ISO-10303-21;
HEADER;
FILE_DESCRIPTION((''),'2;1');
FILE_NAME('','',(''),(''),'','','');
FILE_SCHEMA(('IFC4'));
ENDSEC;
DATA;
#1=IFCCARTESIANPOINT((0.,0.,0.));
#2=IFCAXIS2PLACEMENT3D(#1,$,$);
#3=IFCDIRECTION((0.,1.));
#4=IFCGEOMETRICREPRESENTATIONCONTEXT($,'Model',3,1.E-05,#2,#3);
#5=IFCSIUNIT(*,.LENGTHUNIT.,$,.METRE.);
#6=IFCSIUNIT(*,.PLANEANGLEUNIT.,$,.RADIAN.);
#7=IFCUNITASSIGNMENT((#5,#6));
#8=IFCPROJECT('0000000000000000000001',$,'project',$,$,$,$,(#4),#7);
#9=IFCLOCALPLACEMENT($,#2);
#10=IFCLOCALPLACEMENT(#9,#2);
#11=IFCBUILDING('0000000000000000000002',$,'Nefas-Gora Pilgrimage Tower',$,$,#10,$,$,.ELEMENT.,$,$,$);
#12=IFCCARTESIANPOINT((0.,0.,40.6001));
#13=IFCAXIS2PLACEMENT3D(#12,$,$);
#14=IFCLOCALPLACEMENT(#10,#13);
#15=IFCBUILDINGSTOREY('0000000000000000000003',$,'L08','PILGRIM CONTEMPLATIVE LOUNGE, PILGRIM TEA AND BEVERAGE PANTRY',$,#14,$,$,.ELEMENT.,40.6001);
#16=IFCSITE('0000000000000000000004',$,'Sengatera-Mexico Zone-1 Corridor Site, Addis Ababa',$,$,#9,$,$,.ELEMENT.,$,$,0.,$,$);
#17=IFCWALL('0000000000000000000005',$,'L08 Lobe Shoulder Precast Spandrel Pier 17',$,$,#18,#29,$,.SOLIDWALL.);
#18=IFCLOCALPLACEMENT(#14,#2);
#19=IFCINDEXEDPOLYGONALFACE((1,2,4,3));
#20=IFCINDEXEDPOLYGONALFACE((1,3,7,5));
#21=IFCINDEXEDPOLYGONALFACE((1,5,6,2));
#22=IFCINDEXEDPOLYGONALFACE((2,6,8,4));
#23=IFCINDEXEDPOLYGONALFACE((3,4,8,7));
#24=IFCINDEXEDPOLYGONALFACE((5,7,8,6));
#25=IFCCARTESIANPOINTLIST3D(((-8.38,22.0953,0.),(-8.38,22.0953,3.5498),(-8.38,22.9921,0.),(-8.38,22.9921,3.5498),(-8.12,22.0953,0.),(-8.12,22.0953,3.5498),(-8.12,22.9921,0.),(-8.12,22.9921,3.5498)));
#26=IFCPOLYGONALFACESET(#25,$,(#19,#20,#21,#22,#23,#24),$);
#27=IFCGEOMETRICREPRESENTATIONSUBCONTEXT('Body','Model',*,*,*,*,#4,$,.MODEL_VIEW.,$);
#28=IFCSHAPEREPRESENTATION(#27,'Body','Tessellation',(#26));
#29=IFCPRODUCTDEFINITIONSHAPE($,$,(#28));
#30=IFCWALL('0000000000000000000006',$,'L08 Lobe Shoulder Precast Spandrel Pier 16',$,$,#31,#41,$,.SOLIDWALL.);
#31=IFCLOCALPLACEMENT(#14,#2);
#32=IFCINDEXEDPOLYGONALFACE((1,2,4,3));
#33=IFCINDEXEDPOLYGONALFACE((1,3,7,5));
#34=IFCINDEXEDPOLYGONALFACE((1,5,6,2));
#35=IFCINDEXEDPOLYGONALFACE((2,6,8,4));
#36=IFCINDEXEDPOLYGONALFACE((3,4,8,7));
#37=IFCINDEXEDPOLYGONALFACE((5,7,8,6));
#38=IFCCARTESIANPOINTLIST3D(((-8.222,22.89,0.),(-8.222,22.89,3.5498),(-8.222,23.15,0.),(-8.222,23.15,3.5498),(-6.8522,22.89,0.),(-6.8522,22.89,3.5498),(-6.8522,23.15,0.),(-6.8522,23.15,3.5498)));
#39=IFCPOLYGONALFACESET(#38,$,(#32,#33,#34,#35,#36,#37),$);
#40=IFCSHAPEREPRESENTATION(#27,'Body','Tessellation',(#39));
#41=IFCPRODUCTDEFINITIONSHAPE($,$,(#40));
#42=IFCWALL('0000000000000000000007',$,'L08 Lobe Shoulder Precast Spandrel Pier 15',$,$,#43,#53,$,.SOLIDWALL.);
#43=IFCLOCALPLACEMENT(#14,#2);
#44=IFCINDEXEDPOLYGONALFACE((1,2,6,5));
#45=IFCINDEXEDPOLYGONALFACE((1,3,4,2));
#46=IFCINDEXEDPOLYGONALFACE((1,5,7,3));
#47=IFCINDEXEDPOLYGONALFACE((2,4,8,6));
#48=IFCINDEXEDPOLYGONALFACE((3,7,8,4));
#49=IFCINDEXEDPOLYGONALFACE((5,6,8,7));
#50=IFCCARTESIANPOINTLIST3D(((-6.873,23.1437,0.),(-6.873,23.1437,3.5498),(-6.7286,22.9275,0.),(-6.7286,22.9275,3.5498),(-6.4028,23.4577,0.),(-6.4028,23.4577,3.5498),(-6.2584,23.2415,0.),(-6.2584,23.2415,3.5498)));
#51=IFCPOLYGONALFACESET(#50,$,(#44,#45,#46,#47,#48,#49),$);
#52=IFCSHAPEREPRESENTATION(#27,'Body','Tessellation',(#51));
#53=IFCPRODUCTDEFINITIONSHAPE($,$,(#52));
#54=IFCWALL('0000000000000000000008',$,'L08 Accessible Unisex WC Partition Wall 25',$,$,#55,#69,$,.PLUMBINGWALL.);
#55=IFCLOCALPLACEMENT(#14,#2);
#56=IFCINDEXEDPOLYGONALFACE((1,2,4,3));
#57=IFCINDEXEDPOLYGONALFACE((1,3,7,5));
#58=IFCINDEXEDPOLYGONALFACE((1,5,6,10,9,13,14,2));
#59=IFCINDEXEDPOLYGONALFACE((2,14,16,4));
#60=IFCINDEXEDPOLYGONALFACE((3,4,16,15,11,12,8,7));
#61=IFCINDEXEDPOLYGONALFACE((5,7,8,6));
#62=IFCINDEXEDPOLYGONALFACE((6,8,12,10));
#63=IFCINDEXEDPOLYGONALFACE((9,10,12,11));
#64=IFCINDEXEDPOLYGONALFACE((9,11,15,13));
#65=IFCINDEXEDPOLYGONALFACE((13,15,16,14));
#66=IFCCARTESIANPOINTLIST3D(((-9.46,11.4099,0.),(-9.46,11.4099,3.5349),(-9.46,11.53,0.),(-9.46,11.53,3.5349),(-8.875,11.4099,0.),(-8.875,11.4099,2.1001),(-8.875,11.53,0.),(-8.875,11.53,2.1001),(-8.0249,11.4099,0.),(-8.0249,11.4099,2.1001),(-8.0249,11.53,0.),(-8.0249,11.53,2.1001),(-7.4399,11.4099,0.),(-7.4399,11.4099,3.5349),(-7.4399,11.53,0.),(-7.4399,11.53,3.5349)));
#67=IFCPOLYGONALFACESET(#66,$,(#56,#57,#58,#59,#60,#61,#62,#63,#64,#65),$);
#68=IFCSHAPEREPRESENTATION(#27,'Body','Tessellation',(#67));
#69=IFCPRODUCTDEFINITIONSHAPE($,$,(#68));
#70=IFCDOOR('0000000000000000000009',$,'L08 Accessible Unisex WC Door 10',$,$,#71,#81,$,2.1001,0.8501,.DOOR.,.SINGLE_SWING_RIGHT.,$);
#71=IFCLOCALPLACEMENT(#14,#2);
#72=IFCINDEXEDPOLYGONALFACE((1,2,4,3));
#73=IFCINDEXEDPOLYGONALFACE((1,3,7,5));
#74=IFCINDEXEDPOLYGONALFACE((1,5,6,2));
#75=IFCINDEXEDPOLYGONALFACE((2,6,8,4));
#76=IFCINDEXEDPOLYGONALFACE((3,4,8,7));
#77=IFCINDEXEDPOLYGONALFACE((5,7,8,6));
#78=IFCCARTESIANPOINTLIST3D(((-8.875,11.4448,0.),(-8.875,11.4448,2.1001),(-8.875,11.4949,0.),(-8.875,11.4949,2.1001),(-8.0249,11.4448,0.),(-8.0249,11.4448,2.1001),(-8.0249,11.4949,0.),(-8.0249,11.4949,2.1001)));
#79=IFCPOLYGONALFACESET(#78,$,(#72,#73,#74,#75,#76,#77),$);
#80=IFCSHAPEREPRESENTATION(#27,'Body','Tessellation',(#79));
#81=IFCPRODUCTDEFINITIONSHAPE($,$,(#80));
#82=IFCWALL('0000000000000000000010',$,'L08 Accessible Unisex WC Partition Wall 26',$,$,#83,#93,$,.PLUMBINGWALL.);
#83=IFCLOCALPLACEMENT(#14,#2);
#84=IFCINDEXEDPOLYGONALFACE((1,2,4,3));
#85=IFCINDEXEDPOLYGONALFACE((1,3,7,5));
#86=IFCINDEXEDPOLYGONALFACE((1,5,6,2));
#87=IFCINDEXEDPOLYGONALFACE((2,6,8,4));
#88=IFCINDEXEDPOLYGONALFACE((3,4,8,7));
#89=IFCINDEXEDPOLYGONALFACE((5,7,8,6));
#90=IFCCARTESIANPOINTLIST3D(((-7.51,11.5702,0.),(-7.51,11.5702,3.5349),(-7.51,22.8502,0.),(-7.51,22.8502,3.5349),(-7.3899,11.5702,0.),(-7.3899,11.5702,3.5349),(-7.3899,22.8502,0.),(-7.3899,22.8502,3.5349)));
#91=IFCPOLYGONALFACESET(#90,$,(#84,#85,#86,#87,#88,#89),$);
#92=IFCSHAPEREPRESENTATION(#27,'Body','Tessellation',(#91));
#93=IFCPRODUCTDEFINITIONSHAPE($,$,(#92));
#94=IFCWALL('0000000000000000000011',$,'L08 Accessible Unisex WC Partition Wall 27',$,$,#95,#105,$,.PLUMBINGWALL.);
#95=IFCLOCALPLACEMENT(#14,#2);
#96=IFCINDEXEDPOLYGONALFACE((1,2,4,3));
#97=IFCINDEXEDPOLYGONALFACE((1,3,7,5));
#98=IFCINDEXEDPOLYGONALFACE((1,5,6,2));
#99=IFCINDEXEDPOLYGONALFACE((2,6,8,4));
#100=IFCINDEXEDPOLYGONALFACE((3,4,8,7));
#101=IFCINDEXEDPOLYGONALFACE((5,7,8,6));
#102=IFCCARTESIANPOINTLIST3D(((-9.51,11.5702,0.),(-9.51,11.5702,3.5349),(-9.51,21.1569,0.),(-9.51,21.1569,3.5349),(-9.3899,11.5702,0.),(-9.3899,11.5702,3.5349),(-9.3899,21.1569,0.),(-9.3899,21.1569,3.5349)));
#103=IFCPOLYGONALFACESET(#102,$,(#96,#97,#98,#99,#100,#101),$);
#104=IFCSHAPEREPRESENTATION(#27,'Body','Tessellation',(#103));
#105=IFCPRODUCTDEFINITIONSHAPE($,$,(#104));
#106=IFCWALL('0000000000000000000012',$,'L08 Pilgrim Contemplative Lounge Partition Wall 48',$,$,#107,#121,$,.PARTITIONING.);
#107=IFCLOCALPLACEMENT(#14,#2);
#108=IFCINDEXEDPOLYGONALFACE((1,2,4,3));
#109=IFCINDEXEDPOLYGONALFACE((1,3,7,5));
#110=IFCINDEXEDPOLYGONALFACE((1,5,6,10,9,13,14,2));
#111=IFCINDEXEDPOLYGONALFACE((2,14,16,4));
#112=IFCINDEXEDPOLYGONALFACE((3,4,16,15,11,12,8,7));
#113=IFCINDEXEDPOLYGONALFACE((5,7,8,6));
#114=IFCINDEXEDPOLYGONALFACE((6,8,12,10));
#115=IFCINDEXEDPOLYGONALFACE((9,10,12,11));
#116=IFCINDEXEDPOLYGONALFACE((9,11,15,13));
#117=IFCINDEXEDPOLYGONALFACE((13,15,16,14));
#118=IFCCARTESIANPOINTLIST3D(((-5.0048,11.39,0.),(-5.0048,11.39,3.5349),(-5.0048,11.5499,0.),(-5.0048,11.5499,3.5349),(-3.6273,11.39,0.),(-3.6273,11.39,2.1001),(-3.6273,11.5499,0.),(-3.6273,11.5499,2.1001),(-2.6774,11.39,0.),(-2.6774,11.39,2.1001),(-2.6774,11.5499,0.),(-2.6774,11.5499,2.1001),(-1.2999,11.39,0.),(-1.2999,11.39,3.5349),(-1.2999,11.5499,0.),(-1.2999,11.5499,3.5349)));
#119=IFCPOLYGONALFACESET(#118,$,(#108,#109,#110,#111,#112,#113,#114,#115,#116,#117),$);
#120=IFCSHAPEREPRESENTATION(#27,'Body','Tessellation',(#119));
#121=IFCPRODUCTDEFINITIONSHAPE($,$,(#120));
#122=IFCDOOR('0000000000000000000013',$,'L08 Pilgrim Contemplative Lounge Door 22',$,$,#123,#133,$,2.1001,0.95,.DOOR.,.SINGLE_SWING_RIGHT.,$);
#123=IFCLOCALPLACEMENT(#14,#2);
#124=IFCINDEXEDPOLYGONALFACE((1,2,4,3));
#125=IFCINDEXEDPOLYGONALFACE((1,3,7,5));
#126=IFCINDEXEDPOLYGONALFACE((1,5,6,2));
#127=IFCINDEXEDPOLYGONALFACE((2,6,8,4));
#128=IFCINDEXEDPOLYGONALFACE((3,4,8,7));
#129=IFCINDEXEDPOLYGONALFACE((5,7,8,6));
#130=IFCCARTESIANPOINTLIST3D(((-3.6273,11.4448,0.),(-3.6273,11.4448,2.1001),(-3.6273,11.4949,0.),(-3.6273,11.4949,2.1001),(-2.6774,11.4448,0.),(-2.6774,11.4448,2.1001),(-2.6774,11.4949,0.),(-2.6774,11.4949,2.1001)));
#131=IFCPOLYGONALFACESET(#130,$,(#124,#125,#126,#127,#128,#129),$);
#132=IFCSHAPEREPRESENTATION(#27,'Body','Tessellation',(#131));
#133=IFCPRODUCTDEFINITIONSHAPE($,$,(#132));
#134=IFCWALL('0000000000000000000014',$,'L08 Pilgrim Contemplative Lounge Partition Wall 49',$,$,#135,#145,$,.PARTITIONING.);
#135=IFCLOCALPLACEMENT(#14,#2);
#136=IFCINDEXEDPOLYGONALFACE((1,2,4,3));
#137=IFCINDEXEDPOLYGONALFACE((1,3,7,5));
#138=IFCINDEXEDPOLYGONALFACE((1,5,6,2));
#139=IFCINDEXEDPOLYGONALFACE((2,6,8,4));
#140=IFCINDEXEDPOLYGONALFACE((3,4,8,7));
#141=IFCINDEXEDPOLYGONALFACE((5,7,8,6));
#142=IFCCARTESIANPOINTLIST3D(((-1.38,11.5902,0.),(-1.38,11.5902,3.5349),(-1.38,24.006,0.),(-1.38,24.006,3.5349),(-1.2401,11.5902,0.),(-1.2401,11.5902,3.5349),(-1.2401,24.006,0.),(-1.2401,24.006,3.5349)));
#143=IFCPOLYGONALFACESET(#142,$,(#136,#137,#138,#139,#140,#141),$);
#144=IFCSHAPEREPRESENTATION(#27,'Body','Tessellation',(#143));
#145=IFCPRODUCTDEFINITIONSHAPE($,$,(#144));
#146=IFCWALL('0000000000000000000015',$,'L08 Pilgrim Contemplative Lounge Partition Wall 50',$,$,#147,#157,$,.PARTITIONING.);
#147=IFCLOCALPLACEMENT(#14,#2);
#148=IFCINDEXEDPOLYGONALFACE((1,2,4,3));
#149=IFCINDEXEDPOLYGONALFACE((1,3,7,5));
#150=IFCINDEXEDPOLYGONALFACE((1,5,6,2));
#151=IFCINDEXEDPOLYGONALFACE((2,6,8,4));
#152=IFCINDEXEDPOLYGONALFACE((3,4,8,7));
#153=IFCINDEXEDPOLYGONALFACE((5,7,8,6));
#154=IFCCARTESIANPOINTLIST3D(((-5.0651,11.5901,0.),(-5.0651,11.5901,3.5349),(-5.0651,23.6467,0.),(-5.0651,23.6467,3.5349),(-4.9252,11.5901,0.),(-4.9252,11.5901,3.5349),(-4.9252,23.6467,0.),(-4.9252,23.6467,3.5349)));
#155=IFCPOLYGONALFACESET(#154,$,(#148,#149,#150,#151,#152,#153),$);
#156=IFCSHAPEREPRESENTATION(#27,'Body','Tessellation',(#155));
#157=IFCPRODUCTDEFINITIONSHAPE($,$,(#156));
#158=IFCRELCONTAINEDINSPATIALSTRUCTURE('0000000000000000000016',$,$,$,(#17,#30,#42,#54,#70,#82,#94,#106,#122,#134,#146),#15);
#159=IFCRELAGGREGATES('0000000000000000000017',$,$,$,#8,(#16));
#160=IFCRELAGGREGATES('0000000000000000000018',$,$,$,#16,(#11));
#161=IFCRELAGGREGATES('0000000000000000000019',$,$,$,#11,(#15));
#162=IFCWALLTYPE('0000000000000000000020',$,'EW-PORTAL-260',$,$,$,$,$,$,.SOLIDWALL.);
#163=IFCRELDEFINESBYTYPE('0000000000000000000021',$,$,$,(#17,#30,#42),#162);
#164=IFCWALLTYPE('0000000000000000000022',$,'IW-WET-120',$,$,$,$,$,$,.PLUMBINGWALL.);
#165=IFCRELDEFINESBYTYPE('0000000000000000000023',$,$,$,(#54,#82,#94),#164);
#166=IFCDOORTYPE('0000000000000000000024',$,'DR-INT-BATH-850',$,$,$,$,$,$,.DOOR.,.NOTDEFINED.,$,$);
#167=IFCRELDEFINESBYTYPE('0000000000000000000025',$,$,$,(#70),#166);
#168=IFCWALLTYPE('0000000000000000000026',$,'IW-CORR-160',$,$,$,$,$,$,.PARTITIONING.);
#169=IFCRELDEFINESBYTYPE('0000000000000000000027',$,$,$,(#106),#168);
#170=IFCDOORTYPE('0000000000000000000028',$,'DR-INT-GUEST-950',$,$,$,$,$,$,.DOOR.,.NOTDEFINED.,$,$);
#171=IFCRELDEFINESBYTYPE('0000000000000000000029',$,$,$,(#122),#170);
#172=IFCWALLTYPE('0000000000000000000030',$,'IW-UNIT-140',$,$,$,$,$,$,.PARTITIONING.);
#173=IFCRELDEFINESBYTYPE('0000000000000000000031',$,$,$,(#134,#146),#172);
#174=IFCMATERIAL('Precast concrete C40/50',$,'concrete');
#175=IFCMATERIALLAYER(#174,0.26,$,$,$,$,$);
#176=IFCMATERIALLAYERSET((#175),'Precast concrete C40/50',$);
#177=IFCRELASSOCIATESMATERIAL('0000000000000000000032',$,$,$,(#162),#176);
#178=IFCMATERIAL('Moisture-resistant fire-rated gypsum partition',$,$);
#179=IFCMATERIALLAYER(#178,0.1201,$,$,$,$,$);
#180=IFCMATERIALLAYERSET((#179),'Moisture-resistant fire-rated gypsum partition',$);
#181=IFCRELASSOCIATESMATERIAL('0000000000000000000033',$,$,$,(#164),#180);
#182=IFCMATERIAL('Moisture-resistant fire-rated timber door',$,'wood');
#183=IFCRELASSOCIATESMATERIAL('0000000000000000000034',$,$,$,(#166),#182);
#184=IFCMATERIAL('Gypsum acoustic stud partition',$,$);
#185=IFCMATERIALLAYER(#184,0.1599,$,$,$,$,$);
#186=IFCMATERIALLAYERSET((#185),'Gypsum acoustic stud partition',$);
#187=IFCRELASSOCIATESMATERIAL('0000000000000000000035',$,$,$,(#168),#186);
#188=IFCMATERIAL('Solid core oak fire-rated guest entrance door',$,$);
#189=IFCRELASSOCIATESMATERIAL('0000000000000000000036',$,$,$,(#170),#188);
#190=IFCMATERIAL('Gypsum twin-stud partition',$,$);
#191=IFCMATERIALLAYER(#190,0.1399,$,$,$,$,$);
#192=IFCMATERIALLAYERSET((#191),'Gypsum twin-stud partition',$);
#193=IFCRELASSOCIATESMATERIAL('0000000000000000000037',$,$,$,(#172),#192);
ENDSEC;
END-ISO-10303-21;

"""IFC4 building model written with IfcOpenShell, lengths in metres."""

from ifc_helpers import new_model, si_unit, direction, frame, frame_2d, origin, place, context, subcontext, project, spatial, rectangle, extrude, source, transform, mapped, material, layer, layer_set, type_object, element, fill, save


model = new_model("IFC4")

# Units and contexts
model_context = context("Model", 3, precision=1e-05, world=origin(), true_north=direction((0.0, 1.0)))
body_context = subcontext(model_context, "Body", "Model", "MODEL_VIEW")
ifc_project = project(units=[si_unit("LENGTHUNIT", "METRE"), si_unit("PLANEANGLEUNIT", "RADIAN")], contexts=[model_context])

# Site, building, storey
site_placement = place(None, origin())
site = spatial("IfcSite", under=ifc_project, at=site_placement, Name="Sengatera-Mexico Zone-1 Corridor Site, Addis Ababa", CompositionType="ELEMENT", RefElevation=0.0)
building_placement = place(site_placement, origin())
building = spatial("IfcBuilding", under=site, at=building_placement, Name="Nefas-Gora Pilgrimage Tower", CompositionType="ELEMENT")
storey_placement = place(building_placement, frame((0.0, 0.0, 40.6001)))
storey = spatial("IfcBuildingStorey", under=building, at=storey_placement, Name="L08", Description="PILGRIM CONTEMPLATIVE LOUNGE, PILGRIM TEA AND BEVERAGE PANTRY", CompositionType="ELEMENT", Elevation=40.6001)

# Walls
ifc_material_1 = material(Name="Precast concrete C40/50", Category="concrete")
ifc_layer_1 = layer(ifc_material_1, 0.26)
ifc_layer_set_1 = layer_set([ifc_layer_1], Name="Precast concrete C40/50")
wall_type_1 = type_object("IfcWallType", Name="EW-PORTAL-260", PredefinedType="SOLIDWALL", material=ifc_layer_set_1)
shared_shape_1 = source(origin(), body_context, "Body", "SweptSolid", [
    extrude(rectangle(XDim=0.8967, YDim=0.26, at=frame_2d((0.4482, 0.0))), origin(), (0.0, 0.0, 1.0), 3.5498),
])
wall_1_placement = place(storey_placement, frame((-8.25, 22.9919, 0.0), z_axis=(0.0, 0.0, 1.0), x_axis=(0.0, -1.0, 0.0)))
element("IfcWall", 1, at=wall_1_placement, inside=storey, type_object=wall_type_1, Name="L08 Lobe Shoulder Precast Spandrel Pier 17", PredefinedType="SOLIDWALL", context=body_context, shape_type="MappedRepresentation", body=[
    mapped(shared_shape_1, transform((0.0, 0.0, 0.0), x_axis=(1.0, 0.0, 0.0), y_axis=(0.0, 1.0, 0.0), z_axis=(0.0, 0.0, 1.0), scale=1.0)),
])
shared_shape_2 = source(origin(), body_context, "Body", "SweptSolid", [
    extrude(rectangle(XDim=1.3699, YDim=0.26, at=frame_2d((0.6851, 0.0))), origin(), (0.0, 0.0, 1.0), 3.5498),
])
wall_2_placement = place(storey_placement, frame((-6.8521, 23.02, 0.0), z_axis=(0.0, 0.0, 1.0), x_axis=(-1.0, 0.0, 0.0)))
element("IfcWall", 2, at=wall_2_placement, inside=storey, type_object=wall_type_1, Name="L08 Lobe Shoulder Precast Spandrel Pier 16", PredefinedType="SOLIDWALL", context=body_context, shape_type="MappedRepresentation", body=[
    mapped(shared_shape_2, transform((0.0, 0.0, 0.0), x_axis=(1.0, 0.0, 0.0), y_axis=(0.0, 1.0, 0.0), z_axis=(0.0, 0.0, 1.0), scale=1.0)),
])
shared_shape_3 = source(origin(), body_context, "Body", "SweptSolid", [
    extrude(rectangle(XDim=0.5654, YDim=0.26, at=frame_2d((0.2827, 0.0))), origin(), (0.0, 0.0, 1.0), 3.5498),
])
wall_3_placement = place(storey_placement, frame((-6.3306, 23.3496, 0.0), z_axis=(0.0, 0.0, 1.0), x_axis=(-0.831651, -0.555298, 0.0)))
element("IfcWall", 3, at=wall_3_placement, inside=storey, type_object=wall_type_1, Name="L08 Lobe Shoulder Precast Spandrel Pier 15", PredefinedType="SOLIDWALL", context=body_context, shape_type="MappedRepresentation", body=[
    mapped(shared_shape_3, transform((0.0, 0.0, 0.0), x_axis=(1.0, 0.0, 0.0), y_axis=(0.0, 1.0, 0.0), z_axis=(0.0, 0.0, 1.0), scale=1.0)),
])

# Wall, opening, door
ifc_material_2 = material(Name="Moisture-resistant fire-rated gypsum partition")
ifc_layer_2 = layer(ifc_material_2, 0.1201)
ifc_layer_set_2 = layer_set([ifc_layer_2], Name="Moisture-resistant fire-rated gypsum partition")
wall_type_2 = type_object("IfcWallType", Name="IW-WET-120", PredefinedType="PLUMBINGWALL", material=ifc_layer_set_2)
shared_shape_4 = source(origin(), body_context, "Body", "SweptSolid", [
    extrude(rectangle(XDim=2.02, YDim=0.1201, at=frame_2d((1.01, 0.0))), origin(), (0.0, 0.0, 1.0), 3.5349),
])
wall_4_placement = place(storey_placement, frame((-9.46, 11.47, 0.0), z_axis=(0.0, 0.0, 1.0), x_axis=(1.0, 0.0, 0.0)))
wall_4 = element("IfcWall", 4, at=wall_4_placement, inside=storey, type_object=wall_type_2, Name="L08 Accessible Unisex WC Partition Wall 25", PredefinedType="PLUMBINGWALL", context=body_context, shape_type="MappedRepresentation", body=[
    mapped(shared_shape_4, transform((0.0, 0.0, 0.0), x_axis=(1.0, 0.0, 0.0), y_axis=(0.0, 1.0, 0.0), z_axis=(0.0, 0.0, 1.0), scale=1.0)),
])
opening_1_placement = place(wall_4_placement, frame((0.585, 0.0, 0.0)))
opening_1 = element("IfcOpeningElement", 5, at=opening_1_placement, cuts=wall_4, PredefinedType="OPENING", context=body_context, shape_type="SweptSolid", body=[
    extrude(rectangle(XDim=0.8501, YDim=2.1001, at=frame_2d((0.425, 1.05))), frame((0.0, 0.0701, 0.0), z_axis=(0.0, -1.0, 0.0), x_axis=(1.0, 0.0, 0.0)), (0.0, 0.0, 1.0), 0.1401),
])
ifc_material_3 = material(Name="Moisture-resistant fire-rated timber door", Category="wood")
door_type_1 = type_object("IfcDoorType", Name="DR-INT-BATH-850", OperationType="NOTDEFINED", PredefinedType="DOOR", material=ifc_material_3)
shared_shape_5 = source(origin(), body_context, "Body", "SweptSolid", [
    extrude(rectangle(XDim=0.8501, YDim=2.1001, at=frame_2d((0.425, 1.05))), frame((0.0, 0.0249, 0.0), z_axis=(0.0, -1.0, 0.0), x_axis=(1.0, 0.0, 0.0)), (0.0, 0.0, 1.0), 0.05),
])
door_1_placement = place(opening_1_placement, origin())
door_1 = element("IfcDoor", 6, at=door_1_placement, inside=storey, type_object=door_type_1, Name="L08 Accessible Unisex WC Door 10", OperationType="SINGLE_SWING_RIGHT", OverallHeight=2.1001, OverallWidth=0.8501, PredefinedType="DOOR", context=body_context, shape_type="MappedRepresentation", body=[
    mapped(shared_shape_5, transform((0.0, 0.0, 0.0), x_axis=(1.0, 0.0, 0.0), y_axis=(0.0, 1.0, 0.0), z_axis=(0.0, 0.0, 1.0), scale=1.0)),
])
fill(opening_1, door_1)

# Walls
shared_shape_6 = source(origin(), body_context, "Body", "SweptSolid", [
    extrude(rectangle(XDim=11.28, YDim=0.1201, at=frame_2d((5.6401, 0.0))), origin(), (0.0, 0.0, 1.0), 3.5349),
])
wall_5_placement = place(storey_placement, frame((-7.45, 11.5701, 0.0), z_axis=(0.0, 0.0, 1.0), x_axis=(0.0, 1.0, 0.0)))
element("IfcWall", 7, at=wall_5_placement, inside=storey, type_object=wall_type_2, Name="L08 Accessible Unisex WC Partition Wall 26", PredefinedType="PLUMBINGWALL", context=body_context, shape_type="MappedRepresentation", body=[
    mapped(shared_shape_6, transform((0.0, 0.0, 0.0), x_axis=(1.0, 0.0, 0.0), y_axis=(0.0, 1.0, 0.0), z_axis=(0.0, 0.0, 1.0), scale=1.0)),
])
shared_shape_7 = source(origin(), body_context, "Body", "SweptSolid", [
    extrude(rectangle(XDim=9.5867, YDim=0.1201, at=frame_2d((4.7935, 0.0))), origin(), (0.0, 0.0, 1.0), 3.5349),
])
wall_6_placement = place(storey_placement, frame((-9.45, 11.5701, 0.0), z_axis=(0.0, 0.0, 1.0), x_axis=(0.0, 1.0, 0.0)))
element("IfcWall", 8, at=wall_6_placement, inside=storey, type_object=wall_type_2, Name="L08 Accessible Unisex WC Partition Wall 27", PredefinedType="PLUMBINGWALL", context=body_context, shape_type="MappedRepresentation", body=[
    mapped(shared_shape_7, transform((0.0, 0.0, 0.0), x_axis=(1.0, 0.0, 0.0), y_axis=(0.0, 1.0, 0.0), z_axis=(0.0, 0.0, 1.0), scale=1.0)),
])

# Wall, opening, door
ifc_material_4 = material(Name="Gypsum acoustic stud partition")
ifc_layer_3 = layer(ifc_material_4, 0.1599)
ifc_layer_set_3 = layer_set([ifc_layer_3], Name="Gypsum acoustic stud partition")
wall_type_3 = type_object("IfcWallType", Name="IW-CORR-160", PredefinedType="PARTITIONING", material=ifc_layer_set_3)
shared_shape_8 = source(origin(), body_context, "Body", "SweptSolid", [
    extrude(rectangle(XDim=3.7048, YDim=0.1599, at=frame_2d((1.8525, 0.0))), origin(), (0.0, 0.0, 1.0), 3.5349),
])
wall_7_placement = place(storey_placement, frame((-5.0049, 11.47, 0.0), z_axis=(0.0, 0.0, 1.0), x_axis=(1.0, 0.0, 0.0)))
wall_7 = element("IfcWall", 9, at=wall_7_placement, inside=storey, type_object=wall_type_3, Name="L08 Pilgrim Contemplative Lounge Partition Wall 48", PredefinedType="PARTITIONING", context=body_context, shape_type="MappedRepresentation", body=[
    mapped(shared_shape_8, transform((0.0, 0.0, 0.0), x_axis=(1.0, 0.0, 0.0), y_axis=(0.0, 1.0, 0.0), z_axis=(0.0, 0.0, 1.0), scale=1.0)),
])
opening_2_placement = place(wall_7_placement, frame((1.3774, 0.0, 0.0)))
opening_2 = element("IfcOpeningElement", 10, at=opening_2_placement, cuts=wall_7, PredefinedType="OPENING", context=body_context, shape_type="SweptSolid", body=[
    extrude(rectangle(XDim=0.95, YDim=2.1001, at=frame_2d((0.4751, 1.05))), frame((0.0, 0.0898, 0.0), z_axis=(0.0, -1.0, 0.0), x_axis=(1.0, 0.0, 0.0)), (0.0, 0.0, 1.0), 0.1799),
])
ifc_material_5 = material(Name="Solid core oak fire-rated guest entrance door")
door_type_2 = type_object("IfcDoorType", Name="DR-INT-GUEST-950", OperationType="NOTDEFINED", PredefinedType="DOOR", material=ifc_material_5)
shared_shape_9 = source(origin(), body_context, "Body", "SweptSolid", [
    extrude(rectangle(XDim=0.95, YDim=2.1001, at=frame_2d((0.4751, 1.05))), frame((0.0, 0.0249, 0.0), z_axis=(0.0, -1.0, 0.0), x_axis=(1.0, 0.0, 0.0)), (0.0, 0.0, 1.0), 0.05),
])
door_2_placement = place(opening_2_placement, origin())
door_2 = element("IfcDoor", 11, at=door_2_placement, inside=storey, type_object=door_type_2, Name="L08 Pilgrim Contemplative Lounge Door 22", OperationType="SINGLE_SWING_RIGHT", OverallHeight=2.1001, OverallWidth=0.95, PredefinedType="DOOR", context=body_context, shape_type="MappedRepresentation", body=[
    mapped(shared_shape_9, transform((0.0, 0.0, 0.0), x_axis=(1.0, 0.0, 0.0), y_axis=(0.0, 1.0, 0.0), z_axis=(0.0, 0.0, 1.0), scale=1.0)),
])
fill(opening_2, door_2)

# Walls
ifc_material_6 = material(Name="Gypsum twin-stud partition")
ifc_layer_4 = layer(ifc_material_6, 0.1399)
ifc_layer_set_4 = layer_set([ifc_layer_4], Name="Gypsum twin-stud partition")
wall_type_4 = type_object("IfcWallType", Name="IW-UNIT-140", PredefinedType="PARTITIONING", material=ifc_layer_set_4)
shared_shape_10 = source(origin(), body_context, "Body", "SweptSolid", [
    extrude(rectangle(XDim=12.4158, YDim=0.1399, at=frame_2d((6.208, 0.0))), origin(), (0.0, 0.0, 1.0), 3.5349),
])
wall_8_placement = place(storey_placement, frame((-1.3101, 11.5901, 0.0), z_axis=(0.0, 0.0, 1.0), x_axis=(0.0, 1.0, 0.0)))
element("IfcWall", 12, at=wall_8_placement, inside=storey, type_object=wall_type_4, Name="L08 Pilgrim Contemplative Lounge Partition Wall 49", PredefinedType="PARTITIONING", context=body_context, shape_type="MappedRepresentation", body=[
    mapped(shared_shape_10, transform((0.0, 0.0, 0.0), x_axis=(1.0, 0.0, 0.0), y_axis=(0.0, 1.0, 0.0), z_axis=(0.0, 0.0, 1.0), scale=1.0)),
])
shared_shape_11 = source(origin(), body_context, "Body", "SweptSolid", [
    extrude(rectangle(XDim=12.0566, YDim=0.1399, at=frame_2d((6.0283, 0.0))), origin(), (0.0, 0.0, 1.0), 3.5349),
])
wall_9_placement = place(storey_placement, frame((-4.9951, 11.5901, 0.0), z_axis=(0.0, 0.0, 1.0), x_axis=(0.0, 1.0, 0.0)))
element("IfcWall", 13, at=wall_9_placement, inside=storey, type_object=wall_type_4, Name="L08 Pilgrim Contemplative Lounge Partition Wall 50", PredefinedType="PARTITIONING", context=body_context, shape_type="MappedRepresentation", body=[
    mapped(shared_shape_11, transform((0.0, 0.0, 0.0), x_axis=(1.0, 0.0, 0.0), y_axis=(0.0, 1.0, 0.0), z_axis=(0.0, 0.0, 1.0), scale=1.0)),
])

save(model, "model.ifc")
